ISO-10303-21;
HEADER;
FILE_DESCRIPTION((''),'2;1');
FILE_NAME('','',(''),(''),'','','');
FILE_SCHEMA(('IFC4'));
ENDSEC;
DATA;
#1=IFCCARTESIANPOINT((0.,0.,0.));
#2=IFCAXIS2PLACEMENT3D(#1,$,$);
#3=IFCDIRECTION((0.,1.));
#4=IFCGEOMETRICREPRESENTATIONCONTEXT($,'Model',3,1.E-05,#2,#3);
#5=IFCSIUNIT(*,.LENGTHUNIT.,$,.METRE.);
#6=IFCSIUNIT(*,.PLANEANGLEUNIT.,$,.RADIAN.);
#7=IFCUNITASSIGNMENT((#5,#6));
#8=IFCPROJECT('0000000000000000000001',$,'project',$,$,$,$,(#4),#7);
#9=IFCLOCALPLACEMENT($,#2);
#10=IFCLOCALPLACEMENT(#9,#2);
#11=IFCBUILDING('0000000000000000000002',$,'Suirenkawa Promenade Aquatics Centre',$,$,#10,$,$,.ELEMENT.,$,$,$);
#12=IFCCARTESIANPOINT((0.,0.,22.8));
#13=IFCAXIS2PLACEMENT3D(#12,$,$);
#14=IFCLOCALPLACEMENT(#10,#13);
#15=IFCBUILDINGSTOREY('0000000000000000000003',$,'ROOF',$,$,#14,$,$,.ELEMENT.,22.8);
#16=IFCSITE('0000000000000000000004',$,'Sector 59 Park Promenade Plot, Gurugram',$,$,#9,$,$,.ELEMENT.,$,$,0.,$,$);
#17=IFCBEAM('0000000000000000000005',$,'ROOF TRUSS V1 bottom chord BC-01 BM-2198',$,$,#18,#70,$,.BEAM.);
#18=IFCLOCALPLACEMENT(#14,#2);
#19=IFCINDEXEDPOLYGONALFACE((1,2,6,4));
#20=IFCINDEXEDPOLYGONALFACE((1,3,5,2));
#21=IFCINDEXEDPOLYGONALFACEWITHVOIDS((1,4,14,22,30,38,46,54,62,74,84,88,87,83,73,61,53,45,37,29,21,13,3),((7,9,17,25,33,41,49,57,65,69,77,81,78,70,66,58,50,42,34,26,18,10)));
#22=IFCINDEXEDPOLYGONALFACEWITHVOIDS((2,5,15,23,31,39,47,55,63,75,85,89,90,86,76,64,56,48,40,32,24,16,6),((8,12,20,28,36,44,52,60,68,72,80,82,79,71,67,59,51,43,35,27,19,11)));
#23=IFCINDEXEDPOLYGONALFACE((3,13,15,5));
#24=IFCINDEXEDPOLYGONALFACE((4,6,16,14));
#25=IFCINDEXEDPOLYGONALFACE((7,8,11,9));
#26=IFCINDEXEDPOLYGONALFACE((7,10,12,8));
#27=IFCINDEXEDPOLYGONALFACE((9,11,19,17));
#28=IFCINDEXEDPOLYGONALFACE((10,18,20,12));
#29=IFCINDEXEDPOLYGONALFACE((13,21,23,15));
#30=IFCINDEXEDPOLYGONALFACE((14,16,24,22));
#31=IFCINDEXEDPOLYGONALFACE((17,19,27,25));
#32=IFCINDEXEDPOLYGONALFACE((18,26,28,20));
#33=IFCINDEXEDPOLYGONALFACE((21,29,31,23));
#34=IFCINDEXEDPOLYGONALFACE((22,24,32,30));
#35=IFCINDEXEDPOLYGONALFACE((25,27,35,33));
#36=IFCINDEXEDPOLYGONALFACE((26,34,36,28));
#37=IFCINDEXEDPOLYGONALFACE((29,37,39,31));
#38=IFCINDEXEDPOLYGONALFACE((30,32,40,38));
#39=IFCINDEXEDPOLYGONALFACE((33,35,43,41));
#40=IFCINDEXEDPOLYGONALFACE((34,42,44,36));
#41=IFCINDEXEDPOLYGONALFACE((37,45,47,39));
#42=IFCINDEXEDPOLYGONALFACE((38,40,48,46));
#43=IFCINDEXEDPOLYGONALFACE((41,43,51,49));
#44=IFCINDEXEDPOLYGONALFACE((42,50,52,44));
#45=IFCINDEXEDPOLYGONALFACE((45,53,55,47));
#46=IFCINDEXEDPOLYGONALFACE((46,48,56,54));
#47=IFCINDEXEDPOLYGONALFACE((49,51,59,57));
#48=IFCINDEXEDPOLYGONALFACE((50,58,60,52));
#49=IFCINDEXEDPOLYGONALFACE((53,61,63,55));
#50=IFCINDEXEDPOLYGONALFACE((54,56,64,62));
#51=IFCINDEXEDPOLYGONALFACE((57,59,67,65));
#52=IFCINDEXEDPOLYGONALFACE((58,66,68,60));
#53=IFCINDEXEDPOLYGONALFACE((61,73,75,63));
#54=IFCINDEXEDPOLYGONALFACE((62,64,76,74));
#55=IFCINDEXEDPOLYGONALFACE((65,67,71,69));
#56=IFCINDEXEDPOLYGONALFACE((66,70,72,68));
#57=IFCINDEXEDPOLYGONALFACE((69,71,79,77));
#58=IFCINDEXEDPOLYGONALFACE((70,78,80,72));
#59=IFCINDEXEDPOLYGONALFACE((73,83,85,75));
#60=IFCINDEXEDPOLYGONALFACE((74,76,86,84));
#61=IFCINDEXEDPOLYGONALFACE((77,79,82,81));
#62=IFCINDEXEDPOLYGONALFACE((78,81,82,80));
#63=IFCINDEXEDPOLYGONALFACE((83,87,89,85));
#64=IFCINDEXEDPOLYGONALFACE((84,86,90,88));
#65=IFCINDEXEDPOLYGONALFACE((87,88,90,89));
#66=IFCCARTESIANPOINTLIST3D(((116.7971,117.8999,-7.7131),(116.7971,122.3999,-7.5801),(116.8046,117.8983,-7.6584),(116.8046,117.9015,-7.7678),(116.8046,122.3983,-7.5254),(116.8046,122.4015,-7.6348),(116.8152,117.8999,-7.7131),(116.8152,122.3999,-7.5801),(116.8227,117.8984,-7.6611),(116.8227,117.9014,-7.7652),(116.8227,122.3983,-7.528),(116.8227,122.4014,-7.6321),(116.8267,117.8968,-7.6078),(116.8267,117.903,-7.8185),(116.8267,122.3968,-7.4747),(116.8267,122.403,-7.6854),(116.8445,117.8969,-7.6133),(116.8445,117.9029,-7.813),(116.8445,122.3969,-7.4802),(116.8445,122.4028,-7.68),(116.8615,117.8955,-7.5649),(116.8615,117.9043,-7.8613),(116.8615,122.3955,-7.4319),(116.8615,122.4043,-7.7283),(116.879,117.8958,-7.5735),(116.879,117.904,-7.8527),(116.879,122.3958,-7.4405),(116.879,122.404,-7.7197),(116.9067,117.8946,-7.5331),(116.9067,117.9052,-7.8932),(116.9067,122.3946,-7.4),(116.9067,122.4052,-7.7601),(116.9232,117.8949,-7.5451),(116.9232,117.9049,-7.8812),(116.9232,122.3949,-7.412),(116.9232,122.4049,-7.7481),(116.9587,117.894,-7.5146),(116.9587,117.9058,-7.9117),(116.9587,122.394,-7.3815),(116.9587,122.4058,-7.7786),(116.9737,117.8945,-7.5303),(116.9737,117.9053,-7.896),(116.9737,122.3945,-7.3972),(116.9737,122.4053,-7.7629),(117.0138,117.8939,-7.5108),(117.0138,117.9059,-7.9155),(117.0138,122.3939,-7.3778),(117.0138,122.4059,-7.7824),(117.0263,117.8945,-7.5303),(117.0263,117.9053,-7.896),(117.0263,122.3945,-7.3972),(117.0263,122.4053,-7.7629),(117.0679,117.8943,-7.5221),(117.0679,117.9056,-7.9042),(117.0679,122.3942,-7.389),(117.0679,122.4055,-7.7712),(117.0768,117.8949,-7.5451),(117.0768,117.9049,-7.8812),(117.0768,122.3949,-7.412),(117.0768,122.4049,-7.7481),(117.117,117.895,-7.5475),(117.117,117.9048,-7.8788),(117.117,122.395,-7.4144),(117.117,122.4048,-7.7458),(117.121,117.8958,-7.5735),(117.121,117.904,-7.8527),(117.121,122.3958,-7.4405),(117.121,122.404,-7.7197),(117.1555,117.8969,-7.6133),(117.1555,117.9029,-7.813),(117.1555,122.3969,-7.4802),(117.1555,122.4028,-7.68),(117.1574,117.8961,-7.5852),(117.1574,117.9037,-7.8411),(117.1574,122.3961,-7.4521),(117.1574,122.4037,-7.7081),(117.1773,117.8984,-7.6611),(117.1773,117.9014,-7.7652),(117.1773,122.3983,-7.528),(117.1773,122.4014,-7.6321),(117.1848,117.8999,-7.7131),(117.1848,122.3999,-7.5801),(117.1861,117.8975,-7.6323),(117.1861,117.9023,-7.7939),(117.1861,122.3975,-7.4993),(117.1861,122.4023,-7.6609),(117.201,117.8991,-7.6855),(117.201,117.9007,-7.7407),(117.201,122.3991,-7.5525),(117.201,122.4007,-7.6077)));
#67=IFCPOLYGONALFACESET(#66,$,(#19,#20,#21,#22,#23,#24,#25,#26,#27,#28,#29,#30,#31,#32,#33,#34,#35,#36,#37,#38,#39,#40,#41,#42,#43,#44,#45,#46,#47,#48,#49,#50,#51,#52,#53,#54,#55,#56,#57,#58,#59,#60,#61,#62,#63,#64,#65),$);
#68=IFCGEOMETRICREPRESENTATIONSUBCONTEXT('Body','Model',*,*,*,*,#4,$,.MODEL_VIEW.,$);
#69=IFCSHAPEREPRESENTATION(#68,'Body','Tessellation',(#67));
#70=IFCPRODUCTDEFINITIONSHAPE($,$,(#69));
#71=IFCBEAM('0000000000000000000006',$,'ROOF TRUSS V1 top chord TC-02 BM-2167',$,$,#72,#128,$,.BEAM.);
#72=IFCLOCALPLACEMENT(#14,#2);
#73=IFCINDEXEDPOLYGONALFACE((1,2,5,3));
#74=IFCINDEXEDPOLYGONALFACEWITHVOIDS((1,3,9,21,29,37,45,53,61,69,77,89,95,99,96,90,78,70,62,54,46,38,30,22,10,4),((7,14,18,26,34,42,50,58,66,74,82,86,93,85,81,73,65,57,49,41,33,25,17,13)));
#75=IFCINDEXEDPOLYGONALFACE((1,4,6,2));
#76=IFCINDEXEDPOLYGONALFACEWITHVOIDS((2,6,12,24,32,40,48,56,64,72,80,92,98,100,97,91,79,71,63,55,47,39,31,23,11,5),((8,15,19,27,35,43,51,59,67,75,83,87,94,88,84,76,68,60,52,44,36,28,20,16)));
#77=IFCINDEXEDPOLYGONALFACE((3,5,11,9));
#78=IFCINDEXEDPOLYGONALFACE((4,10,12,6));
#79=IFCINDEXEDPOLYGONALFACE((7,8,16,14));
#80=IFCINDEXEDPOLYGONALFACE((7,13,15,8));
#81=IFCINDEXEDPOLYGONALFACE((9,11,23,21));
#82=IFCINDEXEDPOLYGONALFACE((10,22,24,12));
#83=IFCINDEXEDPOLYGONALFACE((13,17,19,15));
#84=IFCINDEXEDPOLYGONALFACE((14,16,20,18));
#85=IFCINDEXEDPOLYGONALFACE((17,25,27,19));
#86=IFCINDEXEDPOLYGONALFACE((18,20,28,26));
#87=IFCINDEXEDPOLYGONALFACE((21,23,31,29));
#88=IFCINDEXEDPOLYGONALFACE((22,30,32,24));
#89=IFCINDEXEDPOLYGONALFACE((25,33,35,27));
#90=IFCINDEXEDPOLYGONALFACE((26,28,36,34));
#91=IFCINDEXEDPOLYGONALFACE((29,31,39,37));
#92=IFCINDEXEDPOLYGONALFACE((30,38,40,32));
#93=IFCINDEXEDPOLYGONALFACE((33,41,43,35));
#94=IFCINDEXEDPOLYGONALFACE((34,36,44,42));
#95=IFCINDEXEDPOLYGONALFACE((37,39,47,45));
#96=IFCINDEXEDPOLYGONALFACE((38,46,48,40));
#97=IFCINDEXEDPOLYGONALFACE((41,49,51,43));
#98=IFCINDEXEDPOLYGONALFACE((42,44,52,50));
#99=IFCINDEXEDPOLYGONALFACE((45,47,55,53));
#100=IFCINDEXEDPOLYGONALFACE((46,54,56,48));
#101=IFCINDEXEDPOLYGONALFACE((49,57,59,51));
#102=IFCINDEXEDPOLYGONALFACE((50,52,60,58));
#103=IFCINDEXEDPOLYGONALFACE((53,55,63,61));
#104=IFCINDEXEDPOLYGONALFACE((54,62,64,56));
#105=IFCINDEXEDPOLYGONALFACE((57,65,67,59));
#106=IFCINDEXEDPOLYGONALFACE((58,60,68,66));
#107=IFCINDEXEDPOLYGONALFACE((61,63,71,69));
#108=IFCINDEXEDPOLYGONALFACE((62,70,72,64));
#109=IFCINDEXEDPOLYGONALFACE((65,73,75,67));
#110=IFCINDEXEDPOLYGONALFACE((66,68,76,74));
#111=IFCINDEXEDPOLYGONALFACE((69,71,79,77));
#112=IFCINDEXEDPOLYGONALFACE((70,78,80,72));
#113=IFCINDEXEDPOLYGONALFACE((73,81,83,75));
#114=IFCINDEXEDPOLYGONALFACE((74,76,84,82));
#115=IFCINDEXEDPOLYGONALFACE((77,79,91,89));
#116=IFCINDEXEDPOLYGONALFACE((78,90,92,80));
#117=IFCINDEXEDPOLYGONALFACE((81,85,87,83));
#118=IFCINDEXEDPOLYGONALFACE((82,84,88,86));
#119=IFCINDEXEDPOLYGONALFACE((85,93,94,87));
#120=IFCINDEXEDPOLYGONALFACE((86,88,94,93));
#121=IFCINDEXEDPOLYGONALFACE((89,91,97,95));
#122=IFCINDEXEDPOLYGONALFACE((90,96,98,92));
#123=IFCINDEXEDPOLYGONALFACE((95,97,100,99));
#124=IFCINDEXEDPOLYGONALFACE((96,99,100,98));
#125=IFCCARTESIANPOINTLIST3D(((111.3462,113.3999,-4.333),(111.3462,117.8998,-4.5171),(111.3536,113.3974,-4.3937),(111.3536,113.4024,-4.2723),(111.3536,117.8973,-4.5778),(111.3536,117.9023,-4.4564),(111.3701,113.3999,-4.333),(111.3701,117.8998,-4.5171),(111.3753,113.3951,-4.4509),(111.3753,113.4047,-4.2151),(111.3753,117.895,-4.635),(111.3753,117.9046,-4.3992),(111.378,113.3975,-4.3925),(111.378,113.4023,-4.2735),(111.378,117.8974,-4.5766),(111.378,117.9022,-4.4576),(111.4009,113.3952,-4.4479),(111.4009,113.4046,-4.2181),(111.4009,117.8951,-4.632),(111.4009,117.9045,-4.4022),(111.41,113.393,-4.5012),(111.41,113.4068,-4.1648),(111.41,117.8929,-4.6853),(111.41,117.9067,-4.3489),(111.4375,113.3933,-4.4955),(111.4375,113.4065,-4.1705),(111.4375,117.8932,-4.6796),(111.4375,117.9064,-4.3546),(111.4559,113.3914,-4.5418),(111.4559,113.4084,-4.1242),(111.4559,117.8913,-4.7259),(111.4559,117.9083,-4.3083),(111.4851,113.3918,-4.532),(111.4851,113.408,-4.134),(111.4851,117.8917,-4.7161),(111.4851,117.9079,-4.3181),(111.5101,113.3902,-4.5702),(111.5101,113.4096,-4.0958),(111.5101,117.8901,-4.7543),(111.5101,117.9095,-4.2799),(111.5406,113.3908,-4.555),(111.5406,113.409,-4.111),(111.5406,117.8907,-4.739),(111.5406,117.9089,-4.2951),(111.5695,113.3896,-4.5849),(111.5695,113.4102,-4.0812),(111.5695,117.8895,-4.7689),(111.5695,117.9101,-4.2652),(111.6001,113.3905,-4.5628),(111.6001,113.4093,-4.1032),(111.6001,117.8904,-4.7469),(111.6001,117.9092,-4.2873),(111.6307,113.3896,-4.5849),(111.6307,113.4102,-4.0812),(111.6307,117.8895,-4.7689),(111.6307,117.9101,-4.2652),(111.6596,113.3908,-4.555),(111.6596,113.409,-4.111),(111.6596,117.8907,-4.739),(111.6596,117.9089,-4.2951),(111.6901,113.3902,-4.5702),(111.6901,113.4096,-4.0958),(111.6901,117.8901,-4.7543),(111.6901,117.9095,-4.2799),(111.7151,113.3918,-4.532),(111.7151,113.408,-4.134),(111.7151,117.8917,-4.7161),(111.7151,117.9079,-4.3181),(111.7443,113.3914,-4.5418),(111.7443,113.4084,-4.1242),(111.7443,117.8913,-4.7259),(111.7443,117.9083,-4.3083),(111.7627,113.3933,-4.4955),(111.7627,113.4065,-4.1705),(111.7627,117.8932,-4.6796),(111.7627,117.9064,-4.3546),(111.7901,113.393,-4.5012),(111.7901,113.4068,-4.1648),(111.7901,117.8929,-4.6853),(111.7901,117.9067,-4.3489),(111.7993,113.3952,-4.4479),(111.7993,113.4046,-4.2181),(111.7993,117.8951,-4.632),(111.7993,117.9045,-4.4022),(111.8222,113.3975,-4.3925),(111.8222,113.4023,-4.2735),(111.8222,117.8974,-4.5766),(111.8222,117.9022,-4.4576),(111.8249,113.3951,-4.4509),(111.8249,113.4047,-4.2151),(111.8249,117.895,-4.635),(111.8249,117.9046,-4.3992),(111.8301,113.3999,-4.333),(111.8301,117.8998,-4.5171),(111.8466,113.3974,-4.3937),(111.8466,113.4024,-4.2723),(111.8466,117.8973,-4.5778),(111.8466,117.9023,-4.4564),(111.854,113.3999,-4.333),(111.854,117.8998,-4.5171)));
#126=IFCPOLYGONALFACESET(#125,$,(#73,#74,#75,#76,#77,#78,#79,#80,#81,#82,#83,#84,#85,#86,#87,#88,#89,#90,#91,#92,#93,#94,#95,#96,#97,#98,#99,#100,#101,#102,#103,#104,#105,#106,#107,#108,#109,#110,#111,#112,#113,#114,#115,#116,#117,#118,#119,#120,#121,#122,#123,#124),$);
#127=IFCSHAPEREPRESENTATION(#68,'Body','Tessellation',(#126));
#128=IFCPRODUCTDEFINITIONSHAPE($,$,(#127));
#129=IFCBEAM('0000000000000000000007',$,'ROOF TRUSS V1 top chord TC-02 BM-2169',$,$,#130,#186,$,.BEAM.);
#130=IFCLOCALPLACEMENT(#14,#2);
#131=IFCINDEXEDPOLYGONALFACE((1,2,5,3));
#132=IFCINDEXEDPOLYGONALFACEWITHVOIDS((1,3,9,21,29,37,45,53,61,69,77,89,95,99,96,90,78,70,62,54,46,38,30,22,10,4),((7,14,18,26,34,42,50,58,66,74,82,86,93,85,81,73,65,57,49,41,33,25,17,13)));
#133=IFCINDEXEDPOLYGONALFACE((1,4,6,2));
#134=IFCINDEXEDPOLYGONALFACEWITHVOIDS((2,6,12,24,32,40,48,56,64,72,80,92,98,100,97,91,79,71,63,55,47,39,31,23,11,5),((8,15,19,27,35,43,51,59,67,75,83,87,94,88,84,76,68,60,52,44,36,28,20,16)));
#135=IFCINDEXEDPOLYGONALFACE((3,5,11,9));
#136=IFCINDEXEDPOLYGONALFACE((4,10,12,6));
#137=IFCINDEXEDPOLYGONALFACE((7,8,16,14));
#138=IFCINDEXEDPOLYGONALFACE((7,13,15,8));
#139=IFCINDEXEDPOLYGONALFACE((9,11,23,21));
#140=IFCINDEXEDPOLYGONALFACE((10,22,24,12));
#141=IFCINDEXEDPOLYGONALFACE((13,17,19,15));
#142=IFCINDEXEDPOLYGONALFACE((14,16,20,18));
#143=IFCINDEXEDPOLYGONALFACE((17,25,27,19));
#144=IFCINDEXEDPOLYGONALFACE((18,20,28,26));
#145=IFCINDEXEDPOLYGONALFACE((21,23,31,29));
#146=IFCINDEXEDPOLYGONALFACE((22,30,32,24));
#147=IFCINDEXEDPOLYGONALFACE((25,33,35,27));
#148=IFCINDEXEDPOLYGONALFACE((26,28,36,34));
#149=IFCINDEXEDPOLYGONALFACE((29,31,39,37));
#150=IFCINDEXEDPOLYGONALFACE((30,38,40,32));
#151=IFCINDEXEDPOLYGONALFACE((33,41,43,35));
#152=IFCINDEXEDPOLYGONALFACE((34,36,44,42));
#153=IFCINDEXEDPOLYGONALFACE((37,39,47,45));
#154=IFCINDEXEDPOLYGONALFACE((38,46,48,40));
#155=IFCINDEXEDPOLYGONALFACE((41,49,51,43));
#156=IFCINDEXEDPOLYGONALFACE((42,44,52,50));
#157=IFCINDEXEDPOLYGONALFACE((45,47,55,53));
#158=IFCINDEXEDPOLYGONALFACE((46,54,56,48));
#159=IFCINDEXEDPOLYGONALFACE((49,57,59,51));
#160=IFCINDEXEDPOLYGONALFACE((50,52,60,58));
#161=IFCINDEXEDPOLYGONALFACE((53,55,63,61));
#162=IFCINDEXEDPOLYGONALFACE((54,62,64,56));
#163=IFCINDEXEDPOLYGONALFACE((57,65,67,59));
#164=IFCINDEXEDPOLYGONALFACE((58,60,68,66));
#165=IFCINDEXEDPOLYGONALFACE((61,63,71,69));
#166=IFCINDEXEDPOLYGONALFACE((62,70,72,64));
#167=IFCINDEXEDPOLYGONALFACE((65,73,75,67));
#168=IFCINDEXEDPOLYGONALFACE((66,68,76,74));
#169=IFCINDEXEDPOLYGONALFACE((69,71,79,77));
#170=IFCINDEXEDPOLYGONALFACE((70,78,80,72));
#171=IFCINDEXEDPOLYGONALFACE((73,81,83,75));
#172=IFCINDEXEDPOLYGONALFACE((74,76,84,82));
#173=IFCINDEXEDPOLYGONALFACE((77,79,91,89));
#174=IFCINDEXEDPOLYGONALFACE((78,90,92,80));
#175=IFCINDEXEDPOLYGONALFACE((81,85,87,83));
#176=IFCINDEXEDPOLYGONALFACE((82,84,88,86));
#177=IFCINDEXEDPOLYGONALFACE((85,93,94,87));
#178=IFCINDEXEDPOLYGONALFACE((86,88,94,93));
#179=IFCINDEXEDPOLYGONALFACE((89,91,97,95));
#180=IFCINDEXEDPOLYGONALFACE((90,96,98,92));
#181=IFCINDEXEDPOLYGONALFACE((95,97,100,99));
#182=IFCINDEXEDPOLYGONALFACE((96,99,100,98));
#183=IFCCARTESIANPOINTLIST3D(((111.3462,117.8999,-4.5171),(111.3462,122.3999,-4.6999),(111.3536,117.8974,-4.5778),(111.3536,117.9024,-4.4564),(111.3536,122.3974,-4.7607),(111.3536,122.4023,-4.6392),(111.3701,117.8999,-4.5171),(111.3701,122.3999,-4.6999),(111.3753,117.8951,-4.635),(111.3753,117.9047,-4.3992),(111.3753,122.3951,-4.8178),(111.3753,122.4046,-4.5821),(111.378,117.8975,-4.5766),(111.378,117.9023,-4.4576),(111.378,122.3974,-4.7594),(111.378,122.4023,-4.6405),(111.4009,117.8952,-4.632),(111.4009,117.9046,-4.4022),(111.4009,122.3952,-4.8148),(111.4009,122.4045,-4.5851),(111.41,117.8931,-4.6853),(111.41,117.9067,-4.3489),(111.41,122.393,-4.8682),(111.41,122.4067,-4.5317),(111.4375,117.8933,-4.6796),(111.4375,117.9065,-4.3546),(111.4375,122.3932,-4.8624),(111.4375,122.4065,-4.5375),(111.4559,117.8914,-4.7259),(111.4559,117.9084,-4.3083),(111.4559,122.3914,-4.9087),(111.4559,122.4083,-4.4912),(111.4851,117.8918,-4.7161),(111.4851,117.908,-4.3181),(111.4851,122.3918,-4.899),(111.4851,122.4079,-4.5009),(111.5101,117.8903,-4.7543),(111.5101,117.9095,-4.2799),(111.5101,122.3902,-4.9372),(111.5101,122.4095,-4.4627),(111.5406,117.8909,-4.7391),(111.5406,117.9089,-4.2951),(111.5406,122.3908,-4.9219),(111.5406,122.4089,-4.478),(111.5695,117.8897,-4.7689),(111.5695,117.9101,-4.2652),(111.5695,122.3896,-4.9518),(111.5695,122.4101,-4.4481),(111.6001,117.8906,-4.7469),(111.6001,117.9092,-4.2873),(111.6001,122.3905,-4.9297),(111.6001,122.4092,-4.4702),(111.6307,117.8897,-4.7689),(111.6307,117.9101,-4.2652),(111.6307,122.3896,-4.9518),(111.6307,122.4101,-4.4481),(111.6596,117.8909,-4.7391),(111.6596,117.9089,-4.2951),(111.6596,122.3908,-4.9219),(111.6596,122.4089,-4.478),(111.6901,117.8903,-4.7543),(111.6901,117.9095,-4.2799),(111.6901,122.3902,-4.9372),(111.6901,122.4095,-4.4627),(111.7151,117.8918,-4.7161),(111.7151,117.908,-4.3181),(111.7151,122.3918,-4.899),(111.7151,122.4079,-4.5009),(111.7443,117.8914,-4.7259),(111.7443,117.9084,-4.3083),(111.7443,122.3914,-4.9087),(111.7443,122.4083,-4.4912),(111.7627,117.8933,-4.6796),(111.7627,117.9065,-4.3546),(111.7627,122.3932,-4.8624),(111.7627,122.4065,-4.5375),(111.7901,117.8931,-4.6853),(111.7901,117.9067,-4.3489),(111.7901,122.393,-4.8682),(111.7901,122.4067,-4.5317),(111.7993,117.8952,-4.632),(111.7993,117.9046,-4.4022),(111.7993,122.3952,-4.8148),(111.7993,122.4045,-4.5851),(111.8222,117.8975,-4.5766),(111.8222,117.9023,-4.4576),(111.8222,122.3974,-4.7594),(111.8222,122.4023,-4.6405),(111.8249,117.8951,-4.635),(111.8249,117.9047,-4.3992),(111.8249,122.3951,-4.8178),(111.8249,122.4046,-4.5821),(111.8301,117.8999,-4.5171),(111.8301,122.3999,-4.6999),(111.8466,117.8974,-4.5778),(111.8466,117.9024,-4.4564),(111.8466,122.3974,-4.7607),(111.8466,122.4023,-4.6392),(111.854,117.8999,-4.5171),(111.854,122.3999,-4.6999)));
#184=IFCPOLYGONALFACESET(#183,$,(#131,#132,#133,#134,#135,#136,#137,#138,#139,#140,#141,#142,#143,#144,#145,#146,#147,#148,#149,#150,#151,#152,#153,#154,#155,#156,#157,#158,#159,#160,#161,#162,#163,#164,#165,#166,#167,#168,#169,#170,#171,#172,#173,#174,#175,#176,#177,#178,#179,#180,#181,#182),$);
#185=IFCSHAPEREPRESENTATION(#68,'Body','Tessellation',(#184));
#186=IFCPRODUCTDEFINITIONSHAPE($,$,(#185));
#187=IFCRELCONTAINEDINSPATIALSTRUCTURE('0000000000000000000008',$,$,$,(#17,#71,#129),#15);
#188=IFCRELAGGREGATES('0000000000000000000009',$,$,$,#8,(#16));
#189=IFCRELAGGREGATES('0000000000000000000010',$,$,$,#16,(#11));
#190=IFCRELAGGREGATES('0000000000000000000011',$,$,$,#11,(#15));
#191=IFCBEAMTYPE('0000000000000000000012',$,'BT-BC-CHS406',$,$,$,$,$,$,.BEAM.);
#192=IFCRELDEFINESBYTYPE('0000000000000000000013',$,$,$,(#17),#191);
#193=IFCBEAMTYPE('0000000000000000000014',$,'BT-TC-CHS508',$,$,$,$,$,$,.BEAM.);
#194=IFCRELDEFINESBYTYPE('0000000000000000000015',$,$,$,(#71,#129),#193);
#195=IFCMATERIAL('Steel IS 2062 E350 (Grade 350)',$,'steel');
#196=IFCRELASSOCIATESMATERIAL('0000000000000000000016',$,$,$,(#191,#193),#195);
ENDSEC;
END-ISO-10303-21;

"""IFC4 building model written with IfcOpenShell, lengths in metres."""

from ifc_helpers import new_model, si_unit, direction, frame, origin, origin_2d, place, context, subcontext, project, spatial, hollow_circle, extrude, material, material_profile, profile_set, type_object, element, save


model = new_model("IFC4")

# Units and contexts
model_context = context("Model", 3, precision=1e-05, world=origin(), true_north=direction((0.0, 1.0)))
body_context = subcontext(model_context, "Body", "Model", "MODEL_VIEW")
ifc_project = project(units=[si_unit("LENGTHUNIT", "METRE"), si_unit("PLANEANGLEUNIT", "RADIAN")], contexts=[model_context])

# Site, building, storey
site_placement = place(None, origin())
site = spatial("IfcSite", under=ifc_project, at=site_placement, Name="Sector 59 Park Promenade Plot, Gurugram", CompositionType="ELEMENT", RefElevation=0.0)
building_placement = place(site_placement, origin())
building = spatial("IfcBuilding", under=site, at=building_placement, Name="Suirenkawa Promenade Aquatics Centre", CompositionType="ELEMENT")
storey_placement = place(building_placement, frame((0.0, 0.0, 22.8)))
storey = spatial("IfcBuildingStorey", under=building, at=storey_placement, Name="ROOF", CompositionType="ELEMENT", Elevation=22.8)

# Beams
ifc_material = material(Name="Steel IS 2062 E350 (Grade 350)", Category="steel")
ifc_material_profile_1 = material_profile(ifc_material, hollow_circle(Radius=0.2029, WallThickness=0.0181, at=origin_2d()), Name="CHS 406x18", Category="steel")
ifc_profile_set_1 = profile_set([ifc_material_profile_1], Name="Steel IS 2062 E350 (Grade 350)")
beam_type_1 = type_object("IfcBeamType", Name="BT-BC-CHS406", PredefinedType="BEAM", material=ifc_profile_set_1)
beam_1_placement = place(storey_placement, frame((117.0, 117.8999, -7.7131), z_axis=(0.0, 0.999563, 0.029555), x_axis=(-1.0, 0.0, 0.0)))
element("IfcBeam", 1, at=beam_1_placement, inside=storey, type_object=beam_type_1, Name="ROOF TRUSS V1 bottom chord BC-01 BM-2198", PredefinedType="BEAM", context=body_context, shape_type="SweptSolid", body=[
    extrude(hollow_circle(Radius=0.2029, WallThickness=0.0181, at=origin_2d()), origin(), (0.0, 0.0, 1.0), 4.502),
])
ifc_material_profile_2 = material_profile(ifc_material, hollow_circle(Radius=0.2539, WallThickness=0.0239, at=origin_2d()), Name="CHS 508x24", Category="steel")
ifc_profile_set_2 = profile_set([ifc_material_profile_2], Name="Steel IS 2062 E350 (Grade 350)")
beam_type_2 = type_object("IfcBeamType", Name="BT-TC-CHS508", PredefinedType="BEAM", material=ifc_profile_set_2)
for number, where, z_axis, x_axis, name in (
    (2, (111.6001, 113.3999, -4.333), (0.0, 0.999164, -0.040873), (-1.0, 0.0, 0.0), "ROOF TRUSS V1 top chord TC-02 BM-2167"),
    (3, (111.6001, 117.8999, -4.5171), (0.0, 0.999175, -0.040602), (-1.0, 0.0, 0.0), "ROOF TRUSS V1 top chord TC-02 BM-2169"),
):
    element("IfcBeam", number, at=place(storey_placement, frame(where, z_axis=z_axis, x_axis=x_axis)), inside=storey, type_object=beam_type_2, Name=name, PredefinedType="BEAM", context=body_context, shape_type="SweptSolid", body=[
        extrude(hollow_circle(Radius=0.2539, WallThickness=0.0239, at=origin_2d()), origin(), (0.0, 0.0, 1.0), 4.5037),
    ])

save(model, "model.ifc")
